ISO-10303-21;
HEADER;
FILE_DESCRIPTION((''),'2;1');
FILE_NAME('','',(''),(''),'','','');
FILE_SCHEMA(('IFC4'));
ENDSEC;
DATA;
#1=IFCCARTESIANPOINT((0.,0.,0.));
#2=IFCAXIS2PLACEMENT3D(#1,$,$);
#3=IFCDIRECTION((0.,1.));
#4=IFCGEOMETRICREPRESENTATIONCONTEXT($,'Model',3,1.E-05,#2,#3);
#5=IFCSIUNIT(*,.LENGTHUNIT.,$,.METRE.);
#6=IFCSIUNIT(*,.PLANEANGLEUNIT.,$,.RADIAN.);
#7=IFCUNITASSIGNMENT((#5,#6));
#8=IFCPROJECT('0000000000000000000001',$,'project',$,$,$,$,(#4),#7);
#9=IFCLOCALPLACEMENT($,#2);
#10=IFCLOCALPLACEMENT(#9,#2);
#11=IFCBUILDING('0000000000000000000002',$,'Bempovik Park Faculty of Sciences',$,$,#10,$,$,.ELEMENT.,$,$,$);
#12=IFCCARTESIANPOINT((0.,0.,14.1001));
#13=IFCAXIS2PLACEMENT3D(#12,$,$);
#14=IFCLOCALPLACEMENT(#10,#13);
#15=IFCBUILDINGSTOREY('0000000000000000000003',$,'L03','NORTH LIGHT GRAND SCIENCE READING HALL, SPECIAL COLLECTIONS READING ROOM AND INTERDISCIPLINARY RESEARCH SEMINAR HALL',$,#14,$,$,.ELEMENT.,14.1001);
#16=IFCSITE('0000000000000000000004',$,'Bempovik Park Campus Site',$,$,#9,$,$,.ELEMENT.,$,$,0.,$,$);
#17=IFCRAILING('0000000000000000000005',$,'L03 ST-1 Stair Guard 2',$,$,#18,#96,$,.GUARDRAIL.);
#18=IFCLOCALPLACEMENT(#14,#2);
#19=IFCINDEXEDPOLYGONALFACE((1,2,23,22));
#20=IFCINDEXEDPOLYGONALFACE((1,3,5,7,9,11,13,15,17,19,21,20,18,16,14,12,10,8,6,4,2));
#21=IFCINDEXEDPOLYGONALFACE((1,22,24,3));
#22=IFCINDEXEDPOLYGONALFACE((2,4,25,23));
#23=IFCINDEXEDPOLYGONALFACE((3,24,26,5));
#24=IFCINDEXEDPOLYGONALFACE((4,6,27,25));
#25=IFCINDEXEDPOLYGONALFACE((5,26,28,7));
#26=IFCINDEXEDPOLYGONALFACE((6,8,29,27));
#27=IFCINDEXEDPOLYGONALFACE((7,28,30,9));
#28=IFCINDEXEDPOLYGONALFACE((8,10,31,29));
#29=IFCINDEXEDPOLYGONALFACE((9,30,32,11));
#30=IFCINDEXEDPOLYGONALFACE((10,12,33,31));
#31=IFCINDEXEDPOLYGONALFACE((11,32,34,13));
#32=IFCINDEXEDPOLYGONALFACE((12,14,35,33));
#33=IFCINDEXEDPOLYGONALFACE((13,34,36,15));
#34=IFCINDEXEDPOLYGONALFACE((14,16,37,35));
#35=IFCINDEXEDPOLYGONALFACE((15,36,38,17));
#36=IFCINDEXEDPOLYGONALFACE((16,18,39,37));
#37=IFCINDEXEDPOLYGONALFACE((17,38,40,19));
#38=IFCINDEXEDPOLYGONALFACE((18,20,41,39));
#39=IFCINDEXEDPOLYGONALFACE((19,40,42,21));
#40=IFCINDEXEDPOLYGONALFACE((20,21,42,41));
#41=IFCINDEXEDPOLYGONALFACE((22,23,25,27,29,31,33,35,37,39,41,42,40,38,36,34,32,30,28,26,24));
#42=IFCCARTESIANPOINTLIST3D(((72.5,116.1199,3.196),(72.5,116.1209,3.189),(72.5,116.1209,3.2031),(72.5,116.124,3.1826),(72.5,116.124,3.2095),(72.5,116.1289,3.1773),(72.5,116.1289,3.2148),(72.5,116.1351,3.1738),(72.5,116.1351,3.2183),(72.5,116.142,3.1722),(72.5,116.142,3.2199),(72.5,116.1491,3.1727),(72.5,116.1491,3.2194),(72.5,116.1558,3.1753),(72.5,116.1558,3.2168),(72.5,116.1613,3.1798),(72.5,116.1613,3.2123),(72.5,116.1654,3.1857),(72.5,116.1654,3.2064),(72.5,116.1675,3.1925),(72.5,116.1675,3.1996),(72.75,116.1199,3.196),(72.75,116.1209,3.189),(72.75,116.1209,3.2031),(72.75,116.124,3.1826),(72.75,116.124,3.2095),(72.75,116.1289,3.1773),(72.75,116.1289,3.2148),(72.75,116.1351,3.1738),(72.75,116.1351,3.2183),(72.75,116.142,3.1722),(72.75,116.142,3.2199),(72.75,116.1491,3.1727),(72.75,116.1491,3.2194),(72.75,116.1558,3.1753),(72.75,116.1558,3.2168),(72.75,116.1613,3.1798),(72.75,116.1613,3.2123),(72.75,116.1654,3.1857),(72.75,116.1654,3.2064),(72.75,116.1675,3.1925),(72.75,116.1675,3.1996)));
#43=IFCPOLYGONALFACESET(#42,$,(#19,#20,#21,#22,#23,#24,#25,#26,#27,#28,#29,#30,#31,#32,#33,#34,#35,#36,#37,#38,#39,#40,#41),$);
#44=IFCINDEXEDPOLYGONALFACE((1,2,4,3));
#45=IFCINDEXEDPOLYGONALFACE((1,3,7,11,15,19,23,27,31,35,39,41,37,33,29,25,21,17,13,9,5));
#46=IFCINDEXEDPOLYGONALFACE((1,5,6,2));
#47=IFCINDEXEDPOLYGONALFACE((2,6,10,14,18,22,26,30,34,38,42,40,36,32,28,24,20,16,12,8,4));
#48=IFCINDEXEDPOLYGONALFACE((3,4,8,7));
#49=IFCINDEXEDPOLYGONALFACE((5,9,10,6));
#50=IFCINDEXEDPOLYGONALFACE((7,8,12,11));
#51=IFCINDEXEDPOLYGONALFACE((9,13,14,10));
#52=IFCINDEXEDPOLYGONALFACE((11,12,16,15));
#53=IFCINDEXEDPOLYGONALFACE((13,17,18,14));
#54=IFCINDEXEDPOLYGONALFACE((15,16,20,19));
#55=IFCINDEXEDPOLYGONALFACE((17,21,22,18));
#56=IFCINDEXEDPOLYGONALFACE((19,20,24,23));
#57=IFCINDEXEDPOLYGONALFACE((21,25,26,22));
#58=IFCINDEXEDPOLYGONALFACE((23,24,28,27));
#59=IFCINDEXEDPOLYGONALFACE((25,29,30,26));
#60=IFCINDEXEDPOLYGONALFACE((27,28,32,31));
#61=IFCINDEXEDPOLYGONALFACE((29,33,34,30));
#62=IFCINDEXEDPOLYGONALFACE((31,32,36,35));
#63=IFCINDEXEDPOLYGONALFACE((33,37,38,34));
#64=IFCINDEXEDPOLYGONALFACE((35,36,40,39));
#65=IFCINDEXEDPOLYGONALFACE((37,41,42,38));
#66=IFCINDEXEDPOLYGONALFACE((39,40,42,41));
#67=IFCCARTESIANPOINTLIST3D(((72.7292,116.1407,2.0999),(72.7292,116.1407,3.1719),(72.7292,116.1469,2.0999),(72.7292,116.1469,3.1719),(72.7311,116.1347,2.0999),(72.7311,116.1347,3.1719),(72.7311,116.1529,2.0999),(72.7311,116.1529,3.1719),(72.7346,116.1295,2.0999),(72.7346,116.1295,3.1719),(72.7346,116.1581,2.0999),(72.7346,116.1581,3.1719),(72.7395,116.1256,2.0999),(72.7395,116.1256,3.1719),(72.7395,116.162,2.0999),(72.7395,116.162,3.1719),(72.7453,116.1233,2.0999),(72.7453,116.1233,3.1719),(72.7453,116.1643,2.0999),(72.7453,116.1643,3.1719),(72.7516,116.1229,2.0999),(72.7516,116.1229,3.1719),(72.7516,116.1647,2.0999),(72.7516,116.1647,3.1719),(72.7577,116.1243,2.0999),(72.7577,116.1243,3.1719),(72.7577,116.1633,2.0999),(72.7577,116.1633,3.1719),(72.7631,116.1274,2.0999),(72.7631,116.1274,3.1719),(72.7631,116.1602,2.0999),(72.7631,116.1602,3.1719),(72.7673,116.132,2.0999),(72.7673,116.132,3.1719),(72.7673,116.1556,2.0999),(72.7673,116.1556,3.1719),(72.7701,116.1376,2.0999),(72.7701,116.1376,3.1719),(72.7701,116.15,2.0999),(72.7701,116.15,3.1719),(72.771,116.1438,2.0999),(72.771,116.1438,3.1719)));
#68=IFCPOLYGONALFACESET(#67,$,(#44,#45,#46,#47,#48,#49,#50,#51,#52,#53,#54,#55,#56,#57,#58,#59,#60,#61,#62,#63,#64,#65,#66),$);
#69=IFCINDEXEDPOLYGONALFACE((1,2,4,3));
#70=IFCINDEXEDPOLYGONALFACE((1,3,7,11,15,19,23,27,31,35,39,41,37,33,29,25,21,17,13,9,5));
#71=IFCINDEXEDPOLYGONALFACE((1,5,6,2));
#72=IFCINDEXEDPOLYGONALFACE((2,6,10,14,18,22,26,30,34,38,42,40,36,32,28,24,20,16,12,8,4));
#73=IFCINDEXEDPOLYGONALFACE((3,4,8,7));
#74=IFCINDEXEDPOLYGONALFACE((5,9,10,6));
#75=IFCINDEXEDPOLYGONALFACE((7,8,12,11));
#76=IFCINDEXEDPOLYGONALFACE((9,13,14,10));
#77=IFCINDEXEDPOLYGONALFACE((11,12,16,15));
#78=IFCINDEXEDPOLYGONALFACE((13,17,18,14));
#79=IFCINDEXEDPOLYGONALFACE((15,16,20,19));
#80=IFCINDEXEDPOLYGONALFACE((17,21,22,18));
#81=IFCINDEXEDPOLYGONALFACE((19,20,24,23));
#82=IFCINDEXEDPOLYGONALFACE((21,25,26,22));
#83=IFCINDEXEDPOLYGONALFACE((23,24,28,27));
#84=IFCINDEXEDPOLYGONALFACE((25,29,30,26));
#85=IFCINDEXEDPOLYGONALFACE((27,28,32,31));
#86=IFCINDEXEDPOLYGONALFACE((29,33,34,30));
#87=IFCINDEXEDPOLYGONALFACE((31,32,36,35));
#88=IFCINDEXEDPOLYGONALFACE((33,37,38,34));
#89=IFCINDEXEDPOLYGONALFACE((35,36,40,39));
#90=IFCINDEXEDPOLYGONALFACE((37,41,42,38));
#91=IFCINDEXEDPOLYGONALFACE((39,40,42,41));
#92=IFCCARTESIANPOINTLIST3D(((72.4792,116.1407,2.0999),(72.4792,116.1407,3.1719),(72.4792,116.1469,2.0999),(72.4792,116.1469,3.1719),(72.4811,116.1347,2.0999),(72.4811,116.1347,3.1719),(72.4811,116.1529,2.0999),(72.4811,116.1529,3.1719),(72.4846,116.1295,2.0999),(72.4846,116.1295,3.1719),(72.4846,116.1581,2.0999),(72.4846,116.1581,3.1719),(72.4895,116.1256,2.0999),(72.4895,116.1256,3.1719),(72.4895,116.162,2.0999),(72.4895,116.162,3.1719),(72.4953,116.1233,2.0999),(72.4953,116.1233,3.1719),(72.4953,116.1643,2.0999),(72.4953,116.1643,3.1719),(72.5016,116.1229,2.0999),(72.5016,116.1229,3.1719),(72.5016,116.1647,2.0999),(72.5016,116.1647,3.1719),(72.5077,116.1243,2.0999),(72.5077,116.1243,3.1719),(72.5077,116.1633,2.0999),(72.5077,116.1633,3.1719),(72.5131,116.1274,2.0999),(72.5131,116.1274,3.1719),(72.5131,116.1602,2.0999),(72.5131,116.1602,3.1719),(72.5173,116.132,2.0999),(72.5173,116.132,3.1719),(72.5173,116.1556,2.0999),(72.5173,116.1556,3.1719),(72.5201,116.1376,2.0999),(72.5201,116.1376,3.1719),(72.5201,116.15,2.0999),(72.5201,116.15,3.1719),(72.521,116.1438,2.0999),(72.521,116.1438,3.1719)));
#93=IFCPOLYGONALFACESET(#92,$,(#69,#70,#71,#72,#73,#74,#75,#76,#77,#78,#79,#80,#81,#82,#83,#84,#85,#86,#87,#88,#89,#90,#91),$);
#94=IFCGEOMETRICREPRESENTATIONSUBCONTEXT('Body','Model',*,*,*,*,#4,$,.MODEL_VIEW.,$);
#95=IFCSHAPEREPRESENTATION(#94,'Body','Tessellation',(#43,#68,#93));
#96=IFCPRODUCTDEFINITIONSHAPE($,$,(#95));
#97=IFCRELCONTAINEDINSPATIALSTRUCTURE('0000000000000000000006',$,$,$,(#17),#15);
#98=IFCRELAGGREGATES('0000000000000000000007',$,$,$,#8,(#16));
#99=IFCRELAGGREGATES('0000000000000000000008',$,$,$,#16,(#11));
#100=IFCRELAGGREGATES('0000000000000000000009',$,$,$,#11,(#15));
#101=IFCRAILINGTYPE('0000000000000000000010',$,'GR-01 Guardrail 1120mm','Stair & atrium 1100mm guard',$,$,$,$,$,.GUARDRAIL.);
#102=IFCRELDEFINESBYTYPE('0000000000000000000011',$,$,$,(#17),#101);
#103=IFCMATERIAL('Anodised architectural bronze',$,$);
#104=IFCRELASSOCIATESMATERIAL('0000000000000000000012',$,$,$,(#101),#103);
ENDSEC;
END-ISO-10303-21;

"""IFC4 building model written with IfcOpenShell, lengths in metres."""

from ifc_helpers import new_model, si_unit, direction, frame, origin, origin_2d, place, context, subcontext, project, spatial, circle, extrude, material, type_object, element, save


model = new_model("IFC4")

# Units and contexts
model_context = context("Model", 3, precision=1e-05, world=origin(), true_north=direction((0.0, 1.0)))
body_context = subcontext(model_context, "Body", "Model", "MODEL_VIEW")
ifc_project = project(units=[si_unit("LENGTHUNIT", "METRE"), si_unit("PLANEANGLEUNIT", "RADIAN")], contexts=[model_context])

# Site, building, storey
site_placement = place(None, origin())
site = spatial("IfcSite", under=ifc_project, at=site_placement, Name="Bempovik Park Campus Site", CompositionType="ELEMENT", RefElevation=0.0)
building_placement = place(site_placement, origin())
building = spatial("IfcBuilding", under=site, at=building_placement, Name="Bempovik Park Faculty of Sciences", CompositionType="ELEMENT")
storey_placement = place(building_placement, frame((0.0, 0.0, 14.1001)))
storey = spatial("IfcBuildingStorey", under=building, at=storey_placement, Name="L03", Description="NORTH LIGHT GRAND SCIENCE READING HALL, SPECIAL COLLECTIONS READING ROOM AND INTERDISCIPLINARY RESEARCH SEMINAR HALL", CompositionType="ELEMENT", Elevation=14.1001)

# Railing
ifc_material_1 = material(Name="Anodised architectural bronze")
railing_type_1 = type_object("IfcRailingType", Name="GR-01 Guardrail 1120mm", Description="Stair & atrium 1100mm guard", PredefinedType="GUARDRAIL", material=ifc_material_1)
railing_1_placement = place(storey_placement, frame((72.75, 116.1438, 2.0999)))
element("IfcRailing", 1, at=railing_1_placement, inside=storey, type_object=railing_type_1, Name="L03 ST-1 Stair Guard 2", PredefinedType="GUARDRAIL", context=body_context, shape_type="SweptSolid", body=[
    extrude(circle(Radius=0.0239, at=origin_2d()), frame((0.0, 0.0, 1.0962), z_axis=(-1.0, 0.0, 0.0), x_axis=(0.0, -1.0, 0.0)), (0.0, 0.0, 1.0), 0.25),
    extrude(circle(Radius=0.021, at=origin_2d()), origin(), (0.0, 0.0, 1.0), 1.072),
    extrude(circle(Radius=0.021, at=origin_2d()), frame((-0.25, 0.0, 0.0)), (0.0, 0.0, 1.0), 1.072),
])

save(model, "model.ifc")
